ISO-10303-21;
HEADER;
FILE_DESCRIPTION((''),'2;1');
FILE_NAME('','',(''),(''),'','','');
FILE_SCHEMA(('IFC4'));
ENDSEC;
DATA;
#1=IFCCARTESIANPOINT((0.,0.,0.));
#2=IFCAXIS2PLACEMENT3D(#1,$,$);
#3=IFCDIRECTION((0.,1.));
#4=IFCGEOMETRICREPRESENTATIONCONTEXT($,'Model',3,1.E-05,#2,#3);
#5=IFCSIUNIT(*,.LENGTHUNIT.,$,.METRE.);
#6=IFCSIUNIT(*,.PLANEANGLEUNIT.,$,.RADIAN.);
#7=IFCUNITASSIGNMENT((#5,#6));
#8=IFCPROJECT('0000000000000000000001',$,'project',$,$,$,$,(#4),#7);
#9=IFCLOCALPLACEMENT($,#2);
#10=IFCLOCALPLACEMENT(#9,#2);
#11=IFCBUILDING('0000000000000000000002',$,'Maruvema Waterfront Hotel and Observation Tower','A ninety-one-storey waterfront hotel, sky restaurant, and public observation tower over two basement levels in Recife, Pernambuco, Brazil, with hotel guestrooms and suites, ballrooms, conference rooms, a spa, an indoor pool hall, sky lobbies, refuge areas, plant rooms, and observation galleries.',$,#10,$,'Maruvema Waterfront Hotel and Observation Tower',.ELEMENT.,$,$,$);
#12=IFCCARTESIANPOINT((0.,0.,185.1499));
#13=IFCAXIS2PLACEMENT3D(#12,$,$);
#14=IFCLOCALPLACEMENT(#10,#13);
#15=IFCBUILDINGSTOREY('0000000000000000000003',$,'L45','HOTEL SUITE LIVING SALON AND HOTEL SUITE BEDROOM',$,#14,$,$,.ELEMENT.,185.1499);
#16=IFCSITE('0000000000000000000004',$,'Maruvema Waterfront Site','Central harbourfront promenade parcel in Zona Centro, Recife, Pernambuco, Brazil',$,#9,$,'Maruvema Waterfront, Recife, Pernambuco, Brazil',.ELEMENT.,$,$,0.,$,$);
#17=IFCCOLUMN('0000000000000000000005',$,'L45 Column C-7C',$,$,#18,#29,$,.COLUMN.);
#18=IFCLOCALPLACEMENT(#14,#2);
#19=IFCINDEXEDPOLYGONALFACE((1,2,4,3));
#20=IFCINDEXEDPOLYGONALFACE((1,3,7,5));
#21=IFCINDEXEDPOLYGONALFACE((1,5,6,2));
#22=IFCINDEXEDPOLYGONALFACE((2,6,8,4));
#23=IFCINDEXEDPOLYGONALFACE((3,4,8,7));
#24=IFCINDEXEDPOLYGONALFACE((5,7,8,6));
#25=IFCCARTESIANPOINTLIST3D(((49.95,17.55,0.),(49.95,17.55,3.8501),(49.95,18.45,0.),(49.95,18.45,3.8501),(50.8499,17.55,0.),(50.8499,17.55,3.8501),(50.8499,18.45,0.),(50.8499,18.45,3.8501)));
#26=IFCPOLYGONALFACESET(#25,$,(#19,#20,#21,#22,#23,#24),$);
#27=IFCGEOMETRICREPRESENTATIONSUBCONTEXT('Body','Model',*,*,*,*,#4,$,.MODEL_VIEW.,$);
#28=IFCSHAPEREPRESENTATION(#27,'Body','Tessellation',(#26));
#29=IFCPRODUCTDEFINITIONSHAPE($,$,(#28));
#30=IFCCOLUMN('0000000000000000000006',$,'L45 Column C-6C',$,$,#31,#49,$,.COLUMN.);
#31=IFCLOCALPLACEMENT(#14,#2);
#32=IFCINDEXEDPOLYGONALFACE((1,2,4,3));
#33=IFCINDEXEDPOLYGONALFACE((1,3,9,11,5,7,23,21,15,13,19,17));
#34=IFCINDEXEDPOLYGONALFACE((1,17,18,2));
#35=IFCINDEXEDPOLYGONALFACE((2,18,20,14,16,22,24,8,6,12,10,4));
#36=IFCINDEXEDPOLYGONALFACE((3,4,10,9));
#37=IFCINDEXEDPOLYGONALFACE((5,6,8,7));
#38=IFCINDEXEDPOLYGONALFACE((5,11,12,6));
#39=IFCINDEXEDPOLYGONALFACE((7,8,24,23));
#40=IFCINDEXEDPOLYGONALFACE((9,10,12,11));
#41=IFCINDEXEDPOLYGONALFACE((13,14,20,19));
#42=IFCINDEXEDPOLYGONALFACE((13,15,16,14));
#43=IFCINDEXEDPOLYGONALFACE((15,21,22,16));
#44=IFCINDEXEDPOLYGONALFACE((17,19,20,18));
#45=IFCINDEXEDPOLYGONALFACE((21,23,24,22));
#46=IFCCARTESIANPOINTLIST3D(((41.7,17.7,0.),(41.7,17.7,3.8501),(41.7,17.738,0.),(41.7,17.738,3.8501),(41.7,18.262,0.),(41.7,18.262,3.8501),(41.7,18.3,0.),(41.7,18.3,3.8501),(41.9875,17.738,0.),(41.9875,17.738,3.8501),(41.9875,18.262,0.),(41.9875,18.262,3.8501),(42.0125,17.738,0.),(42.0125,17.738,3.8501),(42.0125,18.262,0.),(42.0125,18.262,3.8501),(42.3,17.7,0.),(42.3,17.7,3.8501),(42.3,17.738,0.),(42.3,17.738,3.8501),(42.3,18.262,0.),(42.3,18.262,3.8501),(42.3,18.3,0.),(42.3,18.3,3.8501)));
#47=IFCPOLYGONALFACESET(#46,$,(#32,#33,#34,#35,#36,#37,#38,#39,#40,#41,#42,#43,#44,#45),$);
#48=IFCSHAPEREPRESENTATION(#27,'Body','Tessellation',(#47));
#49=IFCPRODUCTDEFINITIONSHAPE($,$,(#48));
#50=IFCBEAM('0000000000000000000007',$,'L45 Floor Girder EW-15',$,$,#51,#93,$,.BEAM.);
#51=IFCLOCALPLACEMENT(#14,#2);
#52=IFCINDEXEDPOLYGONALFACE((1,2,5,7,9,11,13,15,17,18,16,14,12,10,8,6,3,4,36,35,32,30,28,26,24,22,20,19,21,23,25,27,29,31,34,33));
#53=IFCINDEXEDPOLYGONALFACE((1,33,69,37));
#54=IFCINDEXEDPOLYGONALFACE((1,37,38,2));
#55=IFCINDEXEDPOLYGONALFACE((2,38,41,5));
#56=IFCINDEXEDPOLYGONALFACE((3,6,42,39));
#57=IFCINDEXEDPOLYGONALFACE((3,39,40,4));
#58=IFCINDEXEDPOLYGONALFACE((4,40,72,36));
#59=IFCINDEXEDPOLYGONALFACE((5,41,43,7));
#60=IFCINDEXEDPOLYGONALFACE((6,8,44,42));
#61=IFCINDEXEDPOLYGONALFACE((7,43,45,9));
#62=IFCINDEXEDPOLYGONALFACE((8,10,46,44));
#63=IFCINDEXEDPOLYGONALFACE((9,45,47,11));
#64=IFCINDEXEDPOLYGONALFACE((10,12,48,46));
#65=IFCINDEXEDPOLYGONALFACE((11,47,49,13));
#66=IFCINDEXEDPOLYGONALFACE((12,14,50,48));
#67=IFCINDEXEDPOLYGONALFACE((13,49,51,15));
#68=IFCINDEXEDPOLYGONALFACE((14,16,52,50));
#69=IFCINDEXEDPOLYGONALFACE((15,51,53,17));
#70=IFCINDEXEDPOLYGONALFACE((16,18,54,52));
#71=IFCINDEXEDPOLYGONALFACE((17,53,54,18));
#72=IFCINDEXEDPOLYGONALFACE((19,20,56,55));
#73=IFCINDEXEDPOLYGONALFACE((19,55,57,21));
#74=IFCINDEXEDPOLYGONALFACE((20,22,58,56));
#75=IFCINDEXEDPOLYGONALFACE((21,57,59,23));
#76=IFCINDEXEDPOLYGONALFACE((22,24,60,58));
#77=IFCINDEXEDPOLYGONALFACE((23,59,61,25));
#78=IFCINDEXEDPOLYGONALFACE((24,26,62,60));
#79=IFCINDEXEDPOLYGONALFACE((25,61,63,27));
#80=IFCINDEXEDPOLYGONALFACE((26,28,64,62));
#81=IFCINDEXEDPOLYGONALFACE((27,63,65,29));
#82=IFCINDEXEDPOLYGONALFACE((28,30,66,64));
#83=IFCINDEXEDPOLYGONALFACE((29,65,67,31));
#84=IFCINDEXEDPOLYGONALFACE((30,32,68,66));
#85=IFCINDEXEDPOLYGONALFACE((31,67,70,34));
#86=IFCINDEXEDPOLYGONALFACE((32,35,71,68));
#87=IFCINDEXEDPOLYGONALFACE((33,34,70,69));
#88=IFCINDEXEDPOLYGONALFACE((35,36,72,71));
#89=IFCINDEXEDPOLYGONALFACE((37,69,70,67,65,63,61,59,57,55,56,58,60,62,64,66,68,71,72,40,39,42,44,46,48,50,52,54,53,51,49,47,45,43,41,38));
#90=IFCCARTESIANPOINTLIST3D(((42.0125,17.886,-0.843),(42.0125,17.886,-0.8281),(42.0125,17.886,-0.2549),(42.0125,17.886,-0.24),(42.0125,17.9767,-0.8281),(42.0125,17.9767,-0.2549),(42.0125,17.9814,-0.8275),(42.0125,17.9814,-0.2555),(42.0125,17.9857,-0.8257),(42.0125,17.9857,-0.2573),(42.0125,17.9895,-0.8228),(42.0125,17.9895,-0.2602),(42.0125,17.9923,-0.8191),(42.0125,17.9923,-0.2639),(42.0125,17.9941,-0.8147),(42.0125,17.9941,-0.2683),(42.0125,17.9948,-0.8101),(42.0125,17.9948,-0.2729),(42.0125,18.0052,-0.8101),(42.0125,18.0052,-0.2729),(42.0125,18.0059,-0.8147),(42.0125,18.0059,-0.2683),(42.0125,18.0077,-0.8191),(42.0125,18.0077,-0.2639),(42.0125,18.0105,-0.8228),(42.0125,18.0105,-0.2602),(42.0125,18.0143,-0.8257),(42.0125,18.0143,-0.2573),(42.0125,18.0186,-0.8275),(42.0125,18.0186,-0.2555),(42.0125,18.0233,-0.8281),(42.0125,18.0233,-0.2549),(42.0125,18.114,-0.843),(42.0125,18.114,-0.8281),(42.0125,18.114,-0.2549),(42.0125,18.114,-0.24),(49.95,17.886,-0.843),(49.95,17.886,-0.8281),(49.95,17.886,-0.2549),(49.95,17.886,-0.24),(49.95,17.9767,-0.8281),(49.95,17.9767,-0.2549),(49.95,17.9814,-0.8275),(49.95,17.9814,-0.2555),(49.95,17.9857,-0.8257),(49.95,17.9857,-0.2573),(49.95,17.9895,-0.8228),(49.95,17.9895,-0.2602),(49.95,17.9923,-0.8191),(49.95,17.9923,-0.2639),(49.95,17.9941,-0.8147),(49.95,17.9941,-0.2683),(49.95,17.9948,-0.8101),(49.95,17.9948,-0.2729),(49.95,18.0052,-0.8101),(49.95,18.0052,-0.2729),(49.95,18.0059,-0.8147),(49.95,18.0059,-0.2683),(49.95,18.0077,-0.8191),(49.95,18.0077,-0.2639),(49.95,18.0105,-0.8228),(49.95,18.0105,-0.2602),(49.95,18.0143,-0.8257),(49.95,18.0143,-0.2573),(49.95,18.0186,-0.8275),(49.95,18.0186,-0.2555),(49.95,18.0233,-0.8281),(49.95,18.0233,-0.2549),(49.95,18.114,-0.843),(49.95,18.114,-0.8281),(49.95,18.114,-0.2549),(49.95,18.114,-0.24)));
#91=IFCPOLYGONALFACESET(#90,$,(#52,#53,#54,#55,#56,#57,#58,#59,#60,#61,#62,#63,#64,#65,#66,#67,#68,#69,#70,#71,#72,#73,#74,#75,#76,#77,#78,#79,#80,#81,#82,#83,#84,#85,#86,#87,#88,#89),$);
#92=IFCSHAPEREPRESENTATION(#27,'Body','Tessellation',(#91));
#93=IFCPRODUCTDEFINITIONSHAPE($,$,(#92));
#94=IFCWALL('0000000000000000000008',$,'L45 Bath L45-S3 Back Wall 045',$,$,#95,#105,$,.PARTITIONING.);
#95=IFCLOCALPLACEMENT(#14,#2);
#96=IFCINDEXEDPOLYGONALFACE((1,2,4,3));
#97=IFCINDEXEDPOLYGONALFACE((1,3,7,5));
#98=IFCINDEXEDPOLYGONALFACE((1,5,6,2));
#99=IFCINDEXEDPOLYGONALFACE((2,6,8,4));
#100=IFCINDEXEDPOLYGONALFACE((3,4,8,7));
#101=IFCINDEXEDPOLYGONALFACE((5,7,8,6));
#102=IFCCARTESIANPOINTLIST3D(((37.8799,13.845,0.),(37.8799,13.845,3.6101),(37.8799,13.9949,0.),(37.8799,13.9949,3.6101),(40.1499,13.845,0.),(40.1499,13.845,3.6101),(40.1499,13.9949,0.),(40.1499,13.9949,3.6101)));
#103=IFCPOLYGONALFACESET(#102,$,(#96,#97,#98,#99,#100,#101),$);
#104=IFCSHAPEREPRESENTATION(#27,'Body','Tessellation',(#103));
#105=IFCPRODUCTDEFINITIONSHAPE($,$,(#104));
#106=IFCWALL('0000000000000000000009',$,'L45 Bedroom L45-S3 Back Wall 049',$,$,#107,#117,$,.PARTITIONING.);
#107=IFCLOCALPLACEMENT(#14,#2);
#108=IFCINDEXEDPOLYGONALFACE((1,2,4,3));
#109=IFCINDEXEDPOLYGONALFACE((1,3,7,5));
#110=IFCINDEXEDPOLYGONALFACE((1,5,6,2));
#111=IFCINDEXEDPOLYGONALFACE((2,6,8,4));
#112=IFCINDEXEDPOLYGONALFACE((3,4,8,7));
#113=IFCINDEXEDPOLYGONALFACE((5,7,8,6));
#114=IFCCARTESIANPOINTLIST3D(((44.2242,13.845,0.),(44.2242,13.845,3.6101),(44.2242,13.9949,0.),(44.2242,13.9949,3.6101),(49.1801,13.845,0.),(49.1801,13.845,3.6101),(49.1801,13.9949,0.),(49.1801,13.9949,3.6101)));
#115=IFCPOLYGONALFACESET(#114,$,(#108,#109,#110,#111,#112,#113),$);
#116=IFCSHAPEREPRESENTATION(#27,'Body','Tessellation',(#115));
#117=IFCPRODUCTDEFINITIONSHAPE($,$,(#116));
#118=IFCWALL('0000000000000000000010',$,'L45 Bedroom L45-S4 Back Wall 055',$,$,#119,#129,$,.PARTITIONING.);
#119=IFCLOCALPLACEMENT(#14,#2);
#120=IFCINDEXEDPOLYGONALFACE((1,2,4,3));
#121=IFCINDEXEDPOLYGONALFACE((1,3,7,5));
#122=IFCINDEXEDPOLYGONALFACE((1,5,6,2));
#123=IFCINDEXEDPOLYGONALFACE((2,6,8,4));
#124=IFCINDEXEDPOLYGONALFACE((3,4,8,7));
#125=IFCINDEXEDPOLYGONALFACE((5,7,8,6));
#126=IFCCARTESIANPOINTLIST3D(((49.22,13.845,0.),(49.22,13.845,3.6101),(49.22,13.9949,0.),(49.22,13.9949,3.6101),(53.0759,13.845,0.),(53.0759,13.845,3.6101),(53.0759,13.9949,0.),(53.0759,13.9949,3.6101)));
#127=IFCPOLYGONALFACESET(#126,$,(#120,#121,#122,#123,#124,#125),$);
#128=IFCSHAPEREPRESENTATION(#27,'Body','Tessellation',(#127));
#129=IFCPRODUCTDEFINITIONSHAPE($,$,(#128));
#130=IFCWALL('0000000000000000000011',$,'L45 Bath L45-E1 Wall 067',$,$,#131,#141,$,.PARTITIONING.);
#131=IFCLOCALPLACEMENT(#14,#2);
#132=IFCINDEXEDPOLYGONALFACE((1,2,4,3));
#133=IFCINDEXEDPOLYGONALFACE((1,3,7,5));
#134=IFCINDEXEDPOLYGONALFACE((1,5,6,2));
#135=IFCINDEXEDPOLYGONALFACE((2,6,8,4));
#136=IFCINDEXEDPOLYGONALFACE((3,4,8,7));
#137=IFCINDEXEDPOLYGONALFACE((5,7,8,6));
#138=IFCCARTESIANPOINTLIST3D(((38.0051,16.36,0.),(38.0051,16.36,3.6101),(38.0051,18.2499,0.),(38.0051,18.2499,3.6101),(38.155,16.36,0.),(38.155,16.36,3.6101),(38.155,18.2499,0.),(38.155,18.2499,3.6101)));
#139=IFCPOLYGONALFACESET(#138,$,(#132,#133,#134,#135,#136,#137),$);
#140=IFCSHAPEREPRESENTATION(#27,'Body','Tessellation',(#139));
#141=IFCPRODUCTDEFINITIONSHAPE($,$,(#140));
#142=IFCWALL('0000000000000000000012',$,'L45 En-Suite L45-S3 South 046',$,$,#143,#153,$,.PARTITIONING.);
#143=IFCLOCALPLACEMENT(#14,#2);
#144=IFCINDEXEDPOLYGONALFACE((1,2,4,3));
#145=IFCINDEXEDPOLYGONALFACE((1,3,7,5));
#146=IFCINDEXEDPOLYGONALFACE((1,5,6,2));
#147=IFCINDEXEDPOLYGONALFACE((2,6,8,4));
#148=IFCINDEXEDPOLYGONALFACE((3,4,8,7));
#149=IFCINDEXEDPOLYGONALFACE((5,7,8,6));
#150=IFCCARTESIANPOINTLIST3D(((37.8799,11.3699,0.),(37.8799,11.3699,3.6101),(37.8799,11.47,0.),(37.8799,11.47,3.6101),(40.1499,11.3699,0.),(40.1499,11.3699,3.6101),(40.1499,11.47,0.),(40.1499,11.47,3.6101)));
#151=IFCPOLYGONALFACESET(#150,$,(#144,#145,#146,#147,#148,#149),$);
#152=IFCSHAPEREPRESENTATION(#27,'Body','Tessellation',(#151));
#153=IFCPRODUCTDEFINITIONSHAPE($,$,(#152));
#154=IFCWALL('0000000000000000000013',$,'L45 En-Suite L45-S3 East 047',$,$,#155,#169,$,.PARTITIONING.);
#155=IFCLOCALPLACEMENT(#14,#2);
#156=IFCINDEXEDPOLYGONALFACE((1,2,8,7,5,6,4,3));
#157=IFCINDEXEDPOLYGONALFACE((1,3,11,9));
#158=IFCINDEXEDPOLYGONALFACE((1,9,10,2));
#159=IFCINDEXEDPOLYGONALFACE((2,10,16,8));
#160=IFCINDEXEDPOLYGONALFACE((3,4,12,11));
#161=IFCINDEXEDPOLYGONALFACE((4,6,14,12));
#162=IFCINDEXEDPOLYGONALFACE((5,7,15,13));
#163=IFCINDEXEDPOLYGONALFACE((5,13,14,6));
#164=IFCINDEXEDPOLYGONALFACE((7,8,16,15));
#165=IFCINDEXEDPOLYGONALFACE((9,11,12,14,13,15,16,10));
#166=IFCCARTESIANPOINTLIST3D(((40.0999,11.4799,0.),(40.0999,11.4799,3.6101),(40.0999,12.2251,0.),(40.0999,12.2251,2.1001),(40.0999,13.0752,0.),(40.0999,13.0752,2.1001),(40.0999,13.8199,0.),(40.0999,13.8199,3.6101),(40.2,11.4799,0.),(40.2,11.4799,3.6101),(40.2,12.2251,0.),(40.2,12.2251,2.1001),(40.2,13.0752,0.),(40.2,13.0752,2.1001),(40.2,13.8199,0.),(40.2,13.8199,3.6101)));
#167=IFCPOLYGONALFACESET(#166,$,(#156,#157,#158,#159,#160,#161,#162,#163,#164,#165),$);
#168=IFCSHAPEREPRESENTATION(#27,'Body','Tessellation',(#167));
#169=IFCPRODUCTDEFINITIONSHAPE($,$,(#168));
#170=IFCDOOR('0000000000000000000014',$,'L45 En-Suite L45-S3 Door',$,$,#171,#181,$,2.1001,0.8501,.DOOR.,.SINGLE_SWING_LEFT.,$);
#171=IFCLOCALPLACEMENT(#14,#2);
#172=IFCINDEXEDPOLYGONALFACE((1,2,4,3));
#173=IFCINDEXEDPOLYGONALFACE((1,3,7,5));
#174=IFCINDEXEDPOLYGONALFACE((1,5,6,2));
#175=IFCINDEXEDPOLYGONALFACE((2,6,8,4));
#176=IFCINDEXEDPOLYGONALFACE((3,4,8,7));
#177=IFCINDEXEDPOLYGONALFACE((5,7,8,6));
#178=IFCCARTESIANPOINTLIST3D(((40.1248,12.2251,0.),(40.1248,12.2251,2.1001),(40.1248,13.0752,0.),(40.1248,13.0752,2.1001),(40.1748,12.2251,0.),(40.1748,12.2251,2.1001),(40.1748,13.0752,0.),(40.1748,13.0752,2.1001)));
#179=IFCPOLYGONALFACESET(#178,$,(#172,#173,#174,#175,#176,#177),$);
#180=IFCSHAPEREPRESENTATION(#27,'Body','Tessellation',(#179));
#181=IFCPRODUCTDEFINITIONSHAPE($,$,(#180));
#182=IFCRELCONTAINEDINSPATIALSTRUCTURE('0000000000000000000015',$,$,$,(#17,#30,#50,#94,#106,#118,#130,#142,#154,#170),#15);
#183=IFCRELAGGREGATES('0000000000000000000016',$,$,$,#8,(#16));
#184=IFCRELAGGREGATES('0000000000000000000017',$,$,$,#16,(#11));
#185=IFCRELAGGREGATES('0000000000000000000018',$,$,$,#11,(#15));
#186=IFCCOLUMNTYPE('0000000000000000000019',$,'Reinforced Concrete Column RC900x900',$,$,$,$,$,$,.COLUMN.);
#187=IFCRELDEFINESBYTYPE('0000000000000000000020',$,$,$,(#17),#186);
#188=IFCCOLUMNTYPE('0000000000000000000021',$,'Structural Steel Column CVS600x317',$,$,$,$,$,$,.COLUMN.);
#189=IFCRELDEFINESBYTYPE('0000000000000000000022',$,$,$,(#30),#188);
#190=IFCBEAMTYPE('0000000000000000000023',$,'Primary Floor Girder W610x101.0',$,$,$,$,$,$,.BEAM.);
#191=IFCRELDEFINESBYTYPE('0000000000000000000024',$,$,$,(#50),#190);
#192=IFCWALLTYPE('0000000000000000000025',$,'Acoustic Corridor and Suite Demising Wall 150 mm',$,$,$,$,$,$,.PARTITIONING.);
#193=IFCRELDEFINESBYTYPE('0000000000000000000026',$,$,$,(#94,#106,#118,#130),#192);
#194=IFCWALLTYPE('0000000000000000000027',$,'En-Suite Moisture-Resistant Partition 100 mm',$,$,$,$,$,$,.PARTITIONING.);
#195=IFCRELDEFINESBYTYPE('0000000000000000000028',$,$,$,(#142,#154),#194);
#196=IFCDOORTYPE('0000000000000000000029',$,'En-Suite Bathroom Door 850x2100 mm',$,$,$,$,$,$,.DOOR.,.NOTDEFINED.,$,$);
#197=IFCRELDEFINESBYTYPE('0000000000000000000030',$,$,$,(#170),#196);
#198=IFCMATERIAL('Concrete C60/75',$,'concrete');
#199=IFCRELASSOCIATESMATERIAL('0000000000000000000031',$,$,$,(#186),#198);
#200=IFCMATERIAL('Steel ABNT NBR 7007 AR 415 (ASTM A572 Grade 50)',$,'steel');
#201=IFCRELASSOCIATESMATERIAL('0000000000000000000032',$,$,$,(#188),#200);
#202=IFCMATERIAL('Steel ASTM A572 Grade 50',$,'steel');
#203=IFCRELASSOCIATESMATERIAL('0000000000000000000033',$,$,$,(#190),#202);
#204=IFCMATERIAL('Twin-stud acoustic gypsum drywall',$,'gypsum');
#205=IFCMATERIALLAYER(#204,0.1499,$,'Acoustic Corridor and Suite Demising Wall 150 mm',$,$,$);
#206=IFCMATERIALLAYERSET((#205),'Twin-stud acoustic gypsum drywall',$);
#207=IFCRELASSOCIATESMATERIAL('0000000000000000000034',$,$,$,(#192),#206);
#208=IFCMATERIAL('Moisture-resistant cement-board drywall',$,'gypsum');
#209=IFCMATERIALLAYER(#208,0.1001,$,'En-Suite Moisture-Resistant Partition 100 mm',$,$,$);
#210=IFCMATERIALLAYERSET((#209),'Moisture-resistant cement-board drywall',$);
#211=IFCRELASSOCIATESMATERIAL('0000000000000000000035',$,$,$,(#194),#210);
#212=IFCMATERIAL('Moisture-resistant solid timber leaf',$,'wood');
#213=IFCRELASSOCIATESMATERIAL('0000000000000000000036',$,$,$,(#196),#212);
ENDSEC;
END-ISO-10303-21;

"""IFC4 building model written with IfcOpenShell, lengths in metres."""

from ifc_helpers import new_model, si_unit, direction, frame, frame_2d, origin, origin_2d, place, context, subcontext, project, spatial, rectangle, i_section, extrude, material, layer, layer_set, material_profile, profile_set, type_object, element, fill, save


model = new_model("IFC4")

# Units and contexts
model_context = context("Model", 3, precision=1e-05, world=origin(), true_north=direction((0.0, 1.0)))
body_context = subcontext(model_context, "Body", "Model", "MODEL_VIEW")
ifc_project = project(units=[si_unit("LENGTHUNIT", "METRE"), si_unit("PLANEANGLEUNIT", "RADIAN")], contexts=[model_context])

# Site, building, storey
site_placement = place(None, origin())
site = spatial("IfcSite", under=ifc_project, at=site_placement, Name="Maruvema Waterfront Site", Description="Central harbourfront promenade parcel in Zona Centro, Recife, Pernambuco, Brazil", LongName="Maruvema Waterfront, Recife, Pernambuco, Brazil", CompositionType="ELEMENT", RefElevation=0.0)
building_placement = place(site_placement, origin())
building = spatial("IfcBuilding", under=site, at=building_placement, Name="Maruvema Waterfront Hotel and Observation Tower", Description="A ninety-one-storey waterfront hotel, sky restaurant, and public observation tower over two basement levels in Recife, Pernambuco, Brazil, with hotel guestrooms and suites, ballrooms, conference rooms, a spa, an indoor pool hall, sky lobbies, refuge areas, plant rooms, and observation galleries.", LongName="Maruvema Waterfront Hotel and Observation Tower", CompositionType="ELEMENT")
storey_placement = place(building_placement, frame((0.0, 0.0, 185.1499)))
storey = spatial("IfcBuildingStorey", under=building, at=storey_placement, Name="L45", Description="HOTEL SUITE LIVING SALON AND HOTEL SUITE BEDROOM", CompositionType="ELEMENT", Elevation=185.1499)

# Columns
ifc_material_1 = material(Name="Concrete C60/75", Category="concrete")
ifc_material_profile_1 = material_profile(ifc_material_1, rectangle(XDim=0.8999, YDim=0.8999, at=origin_2d()), Name="RC900x900")
ifc_profile_set_1 = profile_set([ifc_material_profile_1], Name="Concrete C60/75")
column_type_1 = type_object("IfcColumnType", Name="Reinforced Concrete Column RC900x900", PredefinedType="COLUMN", material=ifc_profile_set_1)
column_1_placement = place(storey_placement, frame((50.3999, 18.0, 0.0), z_axis=(0.0, 0.0, 1.0), x_axis=(1.0, 0.0, 0.0)))
element("IfcColumn", 1, at=column_1_placement, inside=storey, type_object=column_type_1, Name="L45 Column C-7C", PredefinedType="COLUMN", context=body_context, shape_type="SweptSolid", body=[
    extrude(rectangle(XDim=0.8999, YDim=0.8999, at=origin_2d()), origin(), (0.0, 0.0, 1.0), 3.8501),
])
ifc_material_2 = material(Name="Steel ABNT NBR 7007 AR 415 (ASTM A572 Grade 50)", Category="steel")
ifc_material_profile_2 = material_profile(ifc_material_2, i_section(OverallWidth=0.6001, OverallDepth=0.6001, WebThickness=0.0249, FlangeThickness=0.0381, at=origin_2d()), Name="CVS600x317")
ifc_profile_set_2 = profile_set([ifc_material_profile_2], Name="Steel ABNT NBR 7007 AR 415 (ASTM A572 Grade 50)")
column_type_2 = type_object("IfcColumnType", Name="Structural Steel Column CVS600x317", PredefinedType="COLUMN", material=ifc_profile_set_2)
column_2_placement = place(storey_placement, frame((42.0, 18.0, 0.0), z_axis=(0.0, 0.0, 1.0), x_axis=(1.0, 0.0, 0.0)))
element("IfcColumn", 2, at=column_2_placement, inside=storey, type_object=column_type_2, Name="L45 Column C-6C", PredefinedType="COLUMN", context=body_context, shape_type="SweptSolid", body=[
    extrude(i_section(OverallWidth=0.6001, OverallDepth=0.6001, WebThickness=0.0249, FlangeThickness=0.0381, at=origin_2d()), origin(), (0.0, 0.0, 1.0), 3.8501),
])

# Beam
ifc_material_3 = material(Name="Steel ASTM A572 Grade 50", Category="steel")
ifc_material_profile_3 = material_profile(ifc_material_3, i_section(OverallWidth=0.228, OverallDepth=0.603, WebThickness=0.0105, FlangeThickness=0.0149, FilletRadius=0.0181, at=origin_2d()), Name="W610x101.0")
ifc_profile_set_3 = profile_set([ifc_material_profile_3], Name="Steel ASTM A572 Grade 50")
beam_type = type_object("IfcBeamType", Name="Primary Floor Girder W610x101.0", PredefinedType="BEAM", material=ifc_profile_set_3)
beam_placement = place(storey_placement, frame((42.0125, 18.0, -0.5415), z_axis=(1.0, 0.0, 0.0), x_axis=(0.0, 1.0, 0.0)))
element("IfcBeam", 3, at=beam_placement, inside=storey, type_object=beam_type, Name="L45 Floor Girder EW-15", PredefinedType="BEAM", context=body_context, shape_type="SweptSolid", body=[
    extrude(i_section(OverallWidth=0.228, OverallDepth=0.603, WebThickness=0.0105, FlangeThickness=0.0149, FilletRadius=0.0181, at=origin_2d()), origin(), (0.0, 0.0, 1.0), 7.9375),
])

# Wall
ifc_material_4 = material(Name="Twin-stud acoustic gypsum drywall", Category="gypsum")
ifc_layer_1 = layer(ifc_material_4, 0.1499, Name="Acoustic Corridor and Suite Demising Wall 150 mm")
ifc_layer_set_1 = layer_set([ifc_layer_1], Name="Twin-stud acoustic gypsum drywall")
wall_type_1 = type_object("IfcWallType", Name="Acoustic Corridor and Suite Demising Wall 150 mm", PredefinedType="PARTITIONING", material=ifc_layer_set_1)
wall_1_placement = place(storey_placement, frame((37.8799, 13.9199, 0.0), z_axis=(0.0, 0.0, 1.0), x_axis=(1.0, 0.0, 0.0)))
element("IfcWall", 4, at=wall_1_placement, inside=storey, type_object=wall_type_1, Name="L45 Bath L45-S3 Back Wall 045", PredefinedType="PARTITIONING", context=body_context, shape_type="SweptSolid", body=[
    extrude(rectangle(XDim=2.27, YDim=0.1499, at=frame_2d((1.135, 0.0))), origin(), (0.0, 0.0, 1.0), 3.6101),
])

# Walls
wall_2_placement = place(storey_placement, frame((44.2241, 13.9199, 0.0), z_axis=(0.0, 0.0, 1.0), x_axis=(1.0, 0.0, 0.0)))
element("IfcWall", 5, at=wall_2_placement, inside=storey, type_object=wall_type_1, Name="L45 Bedroom L45-S3 Back Wall 049", PredefinedType="PARTITIONING", context=body_context, shape_type="SweptSolid", body=[
    extrude(rectangle(XDim=4.9558, YDim=0.1499, at=frame_2d((2.478, 0.0))), origin(), (0.0, 0.0, 1.0), 3.6101),
])
wall_3_placement = place(storey_placement, frame((49.22, 13.9199, 0.0), z_axis=(0.0, 0.0, 1.0), x_axis=(1.0, 0.0, 0.0)))
element("IfcWall", 6, at=wall_3_placement, inside=storey, type_object=wall_type_1, Name="L45 Bedroom L45-S4 Back Wall 055", PredefinedType="PARTITIONING", context=body_context, shape_type="SweptSolid", body=[
    extrude(rectangle(XDim=3.856, YDim=0.1499, at=frame_2d((1.928, 0.0))), origin(), (0.0, 0.0, 1.0), 3.6101),
])
wall_4_placement = place(storey_placement, frame((38.0801, 16.3601, 0.0), z_axis=(0.0, 0.0, 1.0), x_axis=(0.0, 1.0, 0.0)))
element("IfcWall", 7, at=wall_4_placement, inside=storey, type_object=wall_type_1, Name="L45 Bath L45-E1 Wall 067", PredefinedType="PARTITIONING", context=body_context, shape_type="SweptSolid", body=[
    extrude(rectangle(XDim=1.8899, YDim=0.1499, at=frame_2d((0.9448, 0.0))), origin(), (0.0, 0.0, 1.0), 3.6101),
])

# Wall
ifc_material_5 = material(Name="Moisture-resistant cement-board drywall", Category="gypsum")
ifc_layer_2 = layer(ifc_material_5, 0.1001, Name="En-Suite Moisture-Resistant Partition 100 mm")
ifc_layer_set_2 = layer_set([ifc_layer_2], Name="Moisture-resistant cement-board drywall")
wall_type_2 = type_object("IfcWallType", Name="En-Suite Moisture-Resistant Partition 100 mm", PredefinedType="PARTITIONING", material=ifc_layer_set_2)
wall_5_placement = place(storey_placement, frame((37.8799, 11.4199, 0.0), z_axis=(0.0, 0.0, 1.0), x_axis=(1.0, 0.0, 0.0)))
element("IfcWall", 8, at=wall_5_placement, inside=storey, type_object=wall_type_2, Name="L45 En-Suite L45-S3 South 046", PredefinedType="PARTITIONING", context=body_context, shape_type="SweptSolid", body=[
    extrude(rectangle(XDim=2.27, YDim=0.1001, at=frame_2d((1.135, 0.0))), origin(), (0.0, 0.0, 1.0), 3.6101),
])

# Wall, opening, door
wall_6_placement = place(storey_placement, frame((40.1499, 11.48, 0.0), z_axis=(0.0, 0.0, 1.0), x_axis=(0.0, 1.0, 0.0)))
wall_6 = element("IfcWall", 9, at=wall_6_placement, inside=storey, type_object=wall_type_2, Name="L45 En-Suite L45-S3 East 047", PredefinedType="PARTITIONING", context=body_context, shape_type="SweptSolid", body=[
    extrude(rectangle(XDim=2.3401, YDim=0.1001, at=frame_2d((1.1699, 0.0))), origin(), (0.0, 0.0, 1.0), 3.6101),
])
opening_1_placement = place(wall_6_placement, frame((0.7451, 0.0, 0.0)))
opening_1 = element("IfcOpeningElement", 10, at=opening_1_placement, cuts=wall_6, PredefinedType="OPENING", context=body_context, shape_type="SweptSolid", body=[
    extrude(rectangle(XDim=0.8501, YDim=2.1001, at=frame_2d((0.425, 1.05))), frame((0.0, 0.0601, 0.0), z_axis=(0.0, -1.0, 0.0), x_axis=(1.0, 0.0, 0.0)), (0.0, 0.0, 1.0), 0.1201),
])
ifc_material_6 = material(Name="Moisture-resistant solid timber leaf", Category="wood")
door_type_1 = type_object("IfcDoorType", Name="En-Suite Bathroom Door 850x2100 mm", OperationType="NOTDEFINED", PredefinedType="DOOR", material=ifc_material_6)
door_1_placement = place(opening_1_placement, frame((0.8501, 0.0, 0.0), z_axis=(0.0, 0.0, 1.0), x_axis=(-1.0, 0.0, 0.0)))
door_1 = element("IfcDoor", 11, at=door_1_placement, inside=storey, type_object=door_type_1, Name="L45 En-Suite L45-S3 Door", OperationType="SINGLE_SWING_LEFT", OverallHeight=2.1001, OverallWidth=0.8501, PredefinedType="DOOR", context=body_context, shape_type="SweptSolid", body=[
    extrude(rectangle(XDim=0.8501, YDim=2.1001, at=frame_2d((0.425, 1.05))), frame((0.0, 0.0249, 0.0), z_axis=(0.0, -1.0, 0.0), x_axis=(1.0, 0.0, 0.0)), (0.0, 0.0, 1.0), 0.05),
])
fill(opening_1, door_1)

save(model, "model.ifc")
